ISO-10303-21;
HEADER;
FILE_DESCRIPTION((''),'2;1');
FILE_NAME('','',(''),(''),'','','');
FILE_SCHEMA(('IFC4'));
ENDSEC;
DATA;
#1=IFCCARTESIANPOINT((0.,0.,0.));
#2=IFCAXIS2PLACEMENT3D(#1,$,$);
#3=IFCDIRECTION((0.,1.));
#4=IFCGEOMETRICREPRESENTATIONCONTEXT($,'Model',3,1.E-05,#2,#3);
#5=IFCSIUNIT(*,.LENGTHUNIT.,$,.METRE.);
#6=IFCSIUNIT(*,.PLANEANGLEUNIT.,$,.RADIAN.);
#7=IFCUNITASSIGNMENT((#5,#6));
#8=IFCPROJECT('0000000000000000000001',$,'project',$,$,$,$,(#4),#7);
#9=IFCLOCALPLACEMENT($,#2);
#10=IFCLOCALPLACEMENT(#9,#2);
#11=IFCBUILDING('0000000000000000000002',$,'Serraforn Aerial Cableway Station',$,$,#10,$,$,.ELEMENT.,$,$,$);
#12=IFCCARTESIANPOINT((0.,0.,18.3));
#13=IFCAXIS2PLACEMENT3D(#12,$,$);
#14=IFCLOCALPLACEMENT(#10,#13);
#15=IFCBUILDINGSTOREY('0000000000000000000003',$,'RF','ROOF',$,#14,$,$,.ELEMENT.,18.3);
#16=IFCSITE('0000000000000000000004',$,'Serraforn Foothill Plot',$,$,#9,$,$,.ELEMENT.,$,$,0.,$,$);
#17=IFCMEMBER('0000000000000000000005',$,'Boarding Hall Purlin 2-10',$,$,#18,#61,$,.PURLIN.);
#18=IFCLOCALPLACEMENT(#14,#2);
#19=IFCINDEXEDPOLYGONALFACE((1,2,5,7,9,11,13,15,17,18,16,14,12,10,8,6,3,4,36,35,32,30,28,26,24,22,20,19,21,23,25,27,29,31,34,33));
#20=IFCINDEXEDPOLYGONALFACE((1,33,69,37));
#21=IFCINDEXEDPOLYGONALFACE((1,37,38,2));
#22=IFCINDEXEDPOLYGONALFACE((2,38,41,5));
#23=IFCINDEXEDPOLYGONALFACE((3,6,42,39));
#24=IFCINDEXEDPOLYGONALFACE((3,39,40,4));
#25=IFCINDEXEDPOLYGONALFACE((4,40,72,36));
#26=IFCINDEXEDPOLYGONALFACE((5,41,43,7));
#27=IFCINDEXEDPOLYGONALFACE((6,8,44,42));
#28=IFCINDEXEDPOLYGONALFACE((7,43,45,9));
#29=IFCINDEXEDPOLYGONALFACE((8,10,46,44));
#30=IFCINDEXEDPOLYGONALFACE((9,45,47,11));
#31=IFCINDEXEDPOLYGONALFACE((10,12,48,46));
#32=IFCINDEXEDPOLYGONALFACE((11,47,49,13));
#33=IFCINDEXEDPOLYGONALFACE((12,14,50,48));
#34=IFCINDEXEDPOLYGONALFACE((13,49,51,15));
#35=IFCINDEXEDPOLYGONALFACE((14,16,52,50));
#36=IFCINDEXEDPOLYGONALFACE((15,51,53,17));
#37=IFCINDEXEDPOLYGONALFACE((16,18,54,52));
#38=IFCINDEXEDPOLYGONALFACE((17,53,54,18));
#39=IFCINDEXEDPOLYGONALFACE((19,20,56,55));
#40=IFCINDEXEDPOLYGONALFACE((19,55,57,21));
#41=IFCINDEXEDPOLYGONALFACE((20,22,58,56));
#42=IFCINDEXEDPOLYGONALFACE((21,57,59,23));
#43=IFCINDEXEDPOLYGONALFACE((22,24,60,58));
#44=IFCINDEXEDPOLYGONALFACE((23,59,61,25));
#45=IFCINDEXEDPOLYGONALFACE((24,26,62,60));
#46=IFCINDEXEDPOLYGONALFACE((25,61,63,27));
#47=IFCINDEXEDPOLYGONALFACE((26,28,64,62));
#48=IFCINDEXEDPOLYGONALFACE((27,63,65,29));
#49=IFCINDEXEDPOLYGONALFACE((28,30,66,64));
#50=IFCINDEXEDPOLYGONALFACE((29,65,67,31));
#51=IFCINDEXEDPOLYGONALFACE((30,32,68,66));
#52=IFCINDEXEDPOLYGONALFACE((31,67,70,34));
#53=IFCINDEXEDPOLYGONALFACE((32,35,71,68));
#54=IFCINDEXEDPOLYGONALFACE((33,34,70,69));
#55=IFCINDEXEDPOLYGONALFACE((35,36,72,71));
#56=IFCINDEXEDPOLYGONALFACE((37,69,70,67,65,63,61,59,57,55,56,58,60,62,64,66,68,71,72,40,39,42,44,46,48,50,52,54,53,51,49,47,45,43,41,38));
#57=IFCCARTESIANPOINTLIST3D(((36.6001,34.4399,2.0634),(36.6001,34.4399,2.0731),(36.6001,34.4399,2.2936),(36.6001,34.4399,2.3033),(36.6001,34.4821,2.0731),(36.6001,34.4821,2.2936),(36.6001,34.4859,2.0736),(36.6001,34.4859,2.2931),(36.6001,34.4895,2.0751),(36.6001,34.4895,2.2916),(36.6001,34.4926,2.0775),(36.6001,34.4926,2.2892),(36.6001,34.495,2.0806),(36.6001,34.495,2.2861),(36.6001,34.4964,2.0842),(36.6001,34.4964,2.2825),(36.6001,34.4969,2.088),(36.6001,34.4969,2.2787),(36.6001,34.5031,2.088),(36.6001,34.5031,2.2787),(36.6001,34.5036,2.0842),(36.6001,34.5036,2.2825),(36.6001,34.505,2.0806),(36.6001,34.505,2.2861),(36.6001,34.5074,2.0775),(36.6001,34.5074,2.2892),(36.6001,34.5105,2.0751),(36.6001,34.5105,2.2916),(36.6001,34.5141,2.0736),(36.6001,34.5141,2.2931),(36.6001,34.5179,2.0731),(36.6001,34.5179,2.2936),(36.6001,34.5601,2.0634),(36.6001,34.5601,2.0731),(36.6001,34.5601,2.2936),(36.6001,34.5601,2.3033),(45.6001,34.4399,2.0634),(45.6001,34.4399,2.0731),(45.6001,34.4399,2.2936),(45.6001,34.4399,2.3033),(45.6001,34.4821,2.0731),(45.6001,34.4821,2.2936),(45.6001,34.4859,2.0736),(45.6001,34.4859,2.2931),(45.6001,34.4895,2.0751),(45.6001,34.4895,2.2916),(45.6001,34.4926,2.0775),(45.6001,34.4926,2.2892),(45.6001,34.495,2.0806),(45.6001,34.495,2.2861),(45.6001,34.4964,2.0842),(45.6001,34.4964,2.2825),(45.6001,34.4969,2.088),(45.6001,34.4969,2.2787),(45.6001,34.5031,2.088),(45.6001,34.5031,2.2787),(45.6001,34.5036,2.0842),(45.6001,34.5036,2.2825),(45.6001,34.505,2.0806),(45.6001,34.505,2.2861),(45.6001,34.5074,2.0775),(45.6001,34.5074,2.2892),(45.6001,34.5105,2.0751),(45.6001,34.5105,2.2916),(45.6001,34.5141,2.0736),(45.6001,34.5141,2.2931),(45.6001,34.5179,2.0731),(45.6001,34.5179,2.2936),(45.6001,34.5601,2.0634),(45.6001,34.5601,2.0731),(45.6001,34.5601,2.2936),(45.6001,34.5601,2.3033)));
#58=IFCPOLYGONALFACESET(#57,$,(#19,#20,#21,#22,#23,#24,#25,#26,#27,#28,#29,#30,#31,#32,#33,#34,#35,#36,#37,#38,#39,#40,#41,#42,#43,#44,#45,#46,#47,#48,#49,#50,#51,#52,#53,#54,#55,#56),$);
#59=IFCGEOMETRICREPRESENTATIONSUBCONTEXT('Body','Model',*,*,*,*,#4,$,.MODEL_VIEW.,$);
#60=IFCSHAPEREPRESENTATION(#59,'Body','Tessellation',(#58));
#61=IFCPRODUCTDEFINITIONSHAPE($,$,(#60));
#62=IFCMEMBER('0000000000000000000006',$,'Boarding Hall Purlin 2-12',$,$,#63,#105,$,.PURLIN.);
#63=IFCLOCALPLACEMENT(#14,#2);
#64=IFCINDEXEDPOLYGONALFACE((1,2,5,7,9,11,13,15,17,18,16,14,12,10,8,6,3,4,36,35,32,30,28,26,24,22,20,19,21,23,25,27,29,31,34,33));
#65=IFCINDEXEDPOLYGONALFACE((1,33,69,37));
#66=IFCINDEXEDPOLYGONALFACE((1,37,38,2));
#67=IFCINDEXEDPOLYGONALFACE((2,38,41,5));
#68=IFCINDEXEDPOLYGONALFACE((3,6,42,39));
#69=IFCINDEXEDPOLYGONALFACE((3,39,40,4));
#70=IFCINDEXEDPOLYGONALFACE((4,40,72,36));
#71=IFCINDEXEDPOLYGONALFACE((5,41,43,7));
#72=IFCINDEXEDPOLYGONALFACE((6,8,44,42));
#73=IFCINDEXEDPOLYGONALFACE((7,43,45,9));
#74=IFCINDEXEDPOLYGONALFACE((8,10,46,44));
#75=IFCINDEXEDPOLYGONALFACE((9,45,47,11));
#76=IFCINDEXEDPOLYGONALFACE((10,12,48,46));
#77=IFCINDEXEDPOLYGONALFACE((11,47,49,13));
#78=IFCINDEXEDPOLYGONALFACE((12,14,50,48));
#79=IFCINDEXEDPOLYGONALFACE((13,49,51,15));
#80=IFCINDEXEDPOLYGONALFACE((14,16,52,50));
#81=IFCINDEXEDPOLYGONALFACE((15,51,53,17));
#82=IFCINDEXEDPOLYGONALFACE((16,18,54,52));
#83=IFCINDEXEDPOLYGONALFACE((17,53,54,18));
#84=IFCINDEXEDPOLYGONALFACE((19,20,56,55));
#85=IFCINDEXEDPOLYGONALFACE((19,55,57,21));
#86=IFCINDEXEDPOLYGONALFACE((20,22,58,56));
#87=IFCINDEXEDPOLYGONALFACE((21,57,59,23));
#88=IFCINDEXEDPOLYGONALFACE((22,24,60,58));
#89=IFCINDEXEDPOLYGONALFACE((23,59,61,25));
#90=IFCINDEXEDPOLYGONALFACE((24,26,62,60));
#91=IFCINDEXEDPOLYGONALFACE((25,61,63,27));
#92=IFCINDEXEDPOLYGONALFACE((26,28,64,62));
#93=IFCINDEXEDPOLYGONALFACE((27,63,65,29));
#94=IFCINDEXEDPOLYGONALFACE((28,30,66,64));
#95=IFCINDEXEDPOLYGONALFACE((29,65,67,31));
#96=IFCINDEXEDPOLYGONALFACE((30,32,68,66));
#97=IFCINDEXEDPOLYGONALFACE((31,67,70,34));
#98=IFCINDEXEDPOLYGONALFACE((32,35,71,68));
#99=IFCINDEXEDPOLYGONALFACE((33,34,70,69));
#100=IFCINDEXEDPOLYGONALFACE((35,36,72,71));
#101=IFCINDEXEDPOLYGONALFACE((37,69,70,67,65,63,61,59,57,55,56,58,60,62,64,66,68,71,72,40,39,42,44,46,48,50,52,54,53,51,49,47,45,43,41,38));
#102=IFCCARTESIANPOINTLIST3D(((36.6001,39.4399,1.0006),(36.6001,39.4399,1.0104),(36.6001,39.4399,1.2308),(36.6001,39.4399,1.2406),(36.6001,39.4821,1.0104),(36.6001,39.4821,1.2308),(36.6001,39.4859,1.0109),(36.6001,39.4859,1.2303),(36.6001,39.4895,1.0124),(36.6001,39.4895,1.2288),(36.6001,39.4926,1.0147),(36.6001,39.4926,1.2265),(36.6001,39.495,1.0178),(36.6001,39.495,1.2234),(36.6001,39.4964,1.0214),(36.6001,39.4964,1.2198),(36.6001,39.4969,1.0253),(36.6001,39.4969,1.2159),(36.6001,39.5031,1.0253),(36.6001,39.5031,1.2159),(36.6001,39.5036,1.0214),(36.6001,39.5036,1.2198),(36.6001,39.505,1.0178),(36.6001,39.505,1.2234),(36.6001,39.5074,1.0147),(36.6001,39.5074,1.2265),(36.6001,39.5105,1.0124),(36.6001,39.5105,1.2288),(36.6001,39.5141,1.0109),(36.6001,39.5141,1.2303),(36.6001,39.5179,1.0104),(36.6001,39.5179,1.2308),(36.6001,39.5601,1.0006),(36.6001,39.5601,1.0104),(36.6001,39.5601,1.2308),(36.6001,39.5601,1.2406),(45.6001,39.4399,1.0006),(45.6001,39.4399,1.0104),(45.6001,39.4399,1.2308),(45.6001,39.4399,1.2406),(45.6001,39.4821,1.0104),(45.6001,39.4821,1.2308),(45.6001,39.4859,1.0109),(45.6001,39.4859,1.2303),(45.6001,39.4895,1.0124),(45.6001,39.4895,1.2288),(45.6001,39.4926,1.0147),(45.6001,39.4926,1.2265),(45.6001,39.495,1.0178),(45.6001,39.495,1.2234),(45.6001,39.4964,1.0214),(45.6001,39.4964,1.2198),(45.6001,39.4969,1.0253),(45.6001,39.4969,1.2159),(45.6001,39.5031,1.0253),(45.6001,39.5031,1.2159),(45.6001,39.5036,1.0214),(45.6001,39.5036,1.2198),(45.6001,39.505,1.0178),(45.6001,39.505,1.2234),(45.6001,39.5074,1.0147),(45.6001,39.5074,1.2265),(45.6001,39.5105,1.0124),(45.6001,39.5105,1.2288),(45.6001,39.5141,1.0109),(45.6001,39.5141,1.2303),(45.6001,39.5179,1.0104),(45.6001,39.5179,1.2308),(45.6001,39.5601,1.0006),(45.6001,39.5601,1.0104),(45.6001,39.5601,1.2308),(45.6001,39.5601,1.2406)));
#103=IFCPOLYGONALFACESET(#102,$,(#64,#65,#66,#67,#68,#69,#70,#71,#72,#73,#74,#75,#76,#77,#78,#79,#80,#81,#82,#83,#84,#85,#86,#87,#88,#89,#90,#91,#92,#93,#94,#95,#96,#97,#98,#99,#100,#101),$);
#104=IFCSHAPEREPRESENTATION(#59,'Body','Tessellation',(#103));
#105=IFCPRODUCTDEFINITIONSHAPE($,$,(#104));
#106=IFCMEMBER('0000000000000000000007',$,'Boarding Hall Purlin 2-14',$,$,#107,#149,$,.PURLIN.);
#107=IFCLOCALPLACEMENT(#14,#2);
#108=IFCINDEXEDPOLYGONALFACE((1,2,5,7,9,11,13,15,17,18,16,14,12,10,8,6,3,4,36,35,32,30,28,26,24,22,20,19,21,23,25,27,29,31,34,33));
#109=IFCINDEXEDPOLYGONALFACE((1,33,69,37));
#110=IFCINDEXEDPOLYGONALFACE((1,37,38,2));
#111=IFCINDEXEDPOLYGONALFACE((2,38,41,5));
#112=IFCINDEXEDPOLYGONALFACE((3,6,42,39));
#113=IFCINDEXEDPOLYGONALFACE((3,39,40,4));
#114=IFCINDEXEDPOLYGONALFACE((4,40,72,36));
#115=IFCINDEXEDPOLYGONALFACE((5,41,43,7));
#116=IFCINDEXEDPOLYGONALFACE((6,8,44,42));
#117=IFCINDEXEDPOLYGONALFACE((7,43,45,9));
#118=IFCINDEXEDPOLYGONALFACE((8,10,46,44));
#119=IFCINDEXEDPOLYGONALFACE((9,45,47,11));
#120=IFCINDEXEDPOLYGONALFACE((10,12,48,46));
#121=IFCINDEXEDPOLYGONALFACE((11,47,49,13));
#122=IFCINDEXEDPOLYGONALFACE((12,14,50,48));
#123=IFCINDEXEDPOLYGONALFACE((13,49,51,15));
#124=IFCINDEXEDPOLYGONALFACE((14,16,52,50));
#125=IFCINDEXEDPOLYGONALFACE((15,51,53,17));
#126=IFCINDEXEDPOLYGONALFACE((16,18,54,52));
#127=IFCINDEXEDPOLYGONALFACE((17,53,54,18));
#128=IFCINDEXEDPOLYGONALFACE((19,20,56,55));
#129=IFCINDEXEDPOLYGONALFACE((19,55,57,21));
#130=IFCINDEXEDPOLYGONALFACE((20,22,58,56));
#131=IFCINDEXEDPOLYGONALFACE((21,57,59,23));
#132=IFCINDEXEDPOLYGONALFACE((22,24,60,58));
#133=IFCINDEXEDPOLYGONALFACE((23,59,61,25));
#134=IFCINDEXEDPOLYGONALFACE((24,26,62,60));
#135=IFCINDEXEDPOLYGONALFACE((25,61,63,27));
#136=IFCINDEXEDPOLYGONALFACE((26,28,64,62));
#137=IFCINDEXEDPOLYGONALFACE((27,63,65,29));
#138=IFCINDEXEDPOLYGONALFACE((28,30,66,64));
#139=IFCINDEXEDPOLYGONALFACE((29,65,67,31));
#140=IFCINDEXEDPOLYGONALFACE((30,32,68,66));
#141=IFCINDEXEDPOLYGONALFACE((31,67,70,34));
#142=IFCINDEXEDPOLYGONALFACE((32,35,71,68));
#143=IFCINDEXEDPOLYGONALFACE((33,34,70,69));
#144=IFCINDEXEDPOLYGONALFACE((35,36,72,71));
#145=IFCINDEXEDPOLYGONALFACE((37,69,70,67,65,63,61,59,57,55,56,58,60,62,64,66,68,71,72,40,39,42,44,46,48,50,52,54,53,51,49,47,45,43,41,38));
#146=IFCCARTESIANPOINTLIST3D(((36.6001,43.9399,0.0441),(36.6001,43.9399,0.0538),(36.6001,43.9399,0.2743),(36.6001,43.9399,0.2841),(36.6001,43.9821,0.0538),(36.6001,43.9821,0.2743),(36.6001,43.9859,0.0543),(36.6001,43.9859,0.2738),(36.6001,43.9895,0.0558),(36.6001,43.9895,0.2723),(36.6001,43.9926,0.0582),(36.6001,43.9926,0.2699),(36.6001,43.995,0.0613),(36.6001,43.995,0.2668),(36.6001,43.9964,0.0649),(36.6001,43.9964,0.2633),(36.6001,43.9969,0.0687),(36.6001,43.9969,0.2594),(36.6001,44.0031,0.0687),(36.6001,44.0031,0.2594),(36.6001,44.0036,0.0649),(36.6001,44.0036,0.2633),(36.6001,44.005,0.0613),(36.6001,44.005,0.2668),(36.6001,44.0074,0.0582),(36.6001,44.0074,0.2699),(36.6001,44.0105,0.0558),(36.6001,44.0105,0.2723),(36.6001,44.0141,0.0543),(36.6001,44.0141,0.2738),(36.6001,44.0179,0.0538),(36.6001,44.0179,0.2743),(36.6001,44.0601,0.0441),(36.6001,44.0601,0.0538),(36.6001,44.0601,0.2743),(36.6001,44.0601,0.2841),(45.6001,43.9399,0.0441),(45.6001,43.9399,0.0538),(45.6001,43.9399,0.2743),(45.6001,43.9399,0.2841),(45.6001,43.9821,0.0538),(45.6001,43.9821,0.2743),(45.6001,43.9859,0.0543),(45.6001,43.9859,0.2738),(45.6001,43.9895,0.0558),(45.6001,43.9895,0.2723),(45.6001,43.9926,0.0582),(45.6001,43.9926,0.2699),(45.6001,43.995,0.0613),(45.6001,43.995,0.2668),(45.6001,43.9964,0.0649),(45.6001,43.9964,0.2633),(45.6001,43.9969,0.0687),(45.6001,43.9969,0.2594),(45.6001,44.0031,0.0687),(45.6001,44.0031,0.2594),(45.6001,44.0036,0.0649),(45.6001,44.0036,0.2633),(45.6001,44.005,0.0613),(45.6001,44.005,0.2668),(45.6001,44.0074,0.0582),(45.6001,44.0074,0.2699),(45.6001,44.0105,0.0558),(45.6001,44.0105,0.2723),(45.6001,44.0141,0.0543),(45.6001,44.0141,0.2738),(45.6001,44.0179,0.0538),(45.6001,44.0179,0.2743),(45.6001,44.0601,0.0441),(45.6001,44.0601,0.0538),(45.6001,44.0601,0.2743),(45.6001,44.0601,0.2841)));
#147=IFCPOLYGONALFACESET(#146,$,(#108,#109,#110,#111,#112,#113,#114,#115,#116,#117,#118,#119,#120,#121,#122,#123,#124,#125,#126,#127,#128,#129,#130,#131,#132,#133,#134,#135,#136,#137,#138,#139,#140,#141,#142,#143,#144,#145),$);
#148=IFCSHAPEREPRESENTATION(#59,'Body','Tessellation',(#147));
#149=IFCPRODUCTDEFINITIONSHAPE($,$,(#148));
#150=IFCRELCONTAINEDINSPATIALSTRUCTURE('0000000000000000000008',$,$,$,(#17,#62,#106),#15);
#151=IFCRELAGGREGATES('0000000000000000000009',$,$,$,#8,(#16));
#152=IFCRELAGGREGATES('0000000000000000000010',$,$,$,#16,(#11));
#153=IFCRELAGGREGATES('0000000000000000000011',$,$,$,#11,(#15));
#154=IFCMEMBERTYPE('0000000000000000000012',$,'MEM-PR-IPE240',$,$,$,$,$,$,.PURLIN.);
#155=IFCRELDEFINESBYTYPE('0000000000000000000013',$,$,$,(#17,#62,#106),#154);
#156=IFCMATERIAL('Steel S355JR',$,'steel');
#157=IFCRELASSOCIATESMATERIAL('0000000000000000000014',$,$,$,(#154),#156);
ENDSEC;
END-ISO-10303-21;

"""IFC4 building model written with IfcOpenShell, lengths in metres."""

from ifc_helpers import new_model, si_unit, direction, frame, origin, origin_2d, place, context, subcontext, project, spatial, i_section, extrude, material, material_profile, profile_set, type_object, element, save


model = new_model("IFC4")

# Units and contexts
model_context = context("Model", 3, precision=1e-05, world=origin(), true_north=direction((0.0, 1.0)))
body_context = subcontext(model_context, "Body", "Model", "MODEL_VIEW")
ifc_project = project(units=[si_unit("LENGTHUNIT", "METRE"), si_unit("PLANEANGLEUNIT", "RADIAN")], contexts=[model_context])

# Site, building, storey
site_placement = place(None, origin())
site = spatial("IfcSite", under=ifc_project, at=site_placement, Name="Serraforn Foothill Plot", CompositionType="ELEMENT", RefElevation=0.0)
building_placement = place(site_placement, origin())
building = spatial("IfcBuilding", under=site, at=building_placement, Name="Serraforn Aerial Cableway Station", CompositionType="ELEMENT")
storey_placement = place(building_placement, frame((0.0, 0.0, 18.3)))
storey = spatial("IfcBuildingStorey", under=building, at=storey_placement, Name="RF", Description="ROOF", CompositionType="ELEMENT", Elevation=18.3)

# Members
ifc_material_1 = material(Name="Steel S355JR", Category="steel")
ifc_material_profile_1 = material_profile(ifc_material_1, i_section(OverallWidth=0.1201, OverallDepth=0.24, WebThickness=0.0061, FlangeThickness=0.0098, FilletRadius=0.0149, at=origin_2d()), Name="IPE 240")
ifc_profile_set_1 = profile_set([ifc_material_profile_1], Name="Steel S355JR")
member_type_1 = type_object("IfcMemberType", Name="MEM-PR-IPE240", PredefinedType="PURLIN", material=ifc_profile_set_1)
for number, where, z_axis, x_axis, name in (
    (1, (36.6001, 34.5, 2.1833), (1.0, 0.0, 0.0), (0.0, 1.0, 0.0), "Boarding Hall Purlin 2-10"),
    (2, (36.6001, 39.5, 1.1206), (1.0, 0.0, 0.0), (0.0, 1.0, 0.0), "Boarding Hall Purlin 2-12"),
    (3, (36.6001, 44.0, 0.1641), (1.0, 0.0, 0.0), (0.0, 1.0, 0.0), "Boarding Hall Purlin 2-14"),
):
    element("IfcMember", number, at=place(storey_placement, frame(where, z_axis=z_axis, x_axis=x_axis)), inside=storey, type_object=member_type_1, Name=name, PredefinedType="PURLIN", context=body_context, shape_type="SweptSolid", body=[
        extrude(i_section(OverallWidth=0.1201, OverallDepth=0.24, WebThickness=0.0061, FlangeThickness=0.0098, FilletRadius=0.0149, at=origin_2d()), origin(), (0.0, 0.0, 1.0), 9.0),
    ])

save(model, "model.ifc")
